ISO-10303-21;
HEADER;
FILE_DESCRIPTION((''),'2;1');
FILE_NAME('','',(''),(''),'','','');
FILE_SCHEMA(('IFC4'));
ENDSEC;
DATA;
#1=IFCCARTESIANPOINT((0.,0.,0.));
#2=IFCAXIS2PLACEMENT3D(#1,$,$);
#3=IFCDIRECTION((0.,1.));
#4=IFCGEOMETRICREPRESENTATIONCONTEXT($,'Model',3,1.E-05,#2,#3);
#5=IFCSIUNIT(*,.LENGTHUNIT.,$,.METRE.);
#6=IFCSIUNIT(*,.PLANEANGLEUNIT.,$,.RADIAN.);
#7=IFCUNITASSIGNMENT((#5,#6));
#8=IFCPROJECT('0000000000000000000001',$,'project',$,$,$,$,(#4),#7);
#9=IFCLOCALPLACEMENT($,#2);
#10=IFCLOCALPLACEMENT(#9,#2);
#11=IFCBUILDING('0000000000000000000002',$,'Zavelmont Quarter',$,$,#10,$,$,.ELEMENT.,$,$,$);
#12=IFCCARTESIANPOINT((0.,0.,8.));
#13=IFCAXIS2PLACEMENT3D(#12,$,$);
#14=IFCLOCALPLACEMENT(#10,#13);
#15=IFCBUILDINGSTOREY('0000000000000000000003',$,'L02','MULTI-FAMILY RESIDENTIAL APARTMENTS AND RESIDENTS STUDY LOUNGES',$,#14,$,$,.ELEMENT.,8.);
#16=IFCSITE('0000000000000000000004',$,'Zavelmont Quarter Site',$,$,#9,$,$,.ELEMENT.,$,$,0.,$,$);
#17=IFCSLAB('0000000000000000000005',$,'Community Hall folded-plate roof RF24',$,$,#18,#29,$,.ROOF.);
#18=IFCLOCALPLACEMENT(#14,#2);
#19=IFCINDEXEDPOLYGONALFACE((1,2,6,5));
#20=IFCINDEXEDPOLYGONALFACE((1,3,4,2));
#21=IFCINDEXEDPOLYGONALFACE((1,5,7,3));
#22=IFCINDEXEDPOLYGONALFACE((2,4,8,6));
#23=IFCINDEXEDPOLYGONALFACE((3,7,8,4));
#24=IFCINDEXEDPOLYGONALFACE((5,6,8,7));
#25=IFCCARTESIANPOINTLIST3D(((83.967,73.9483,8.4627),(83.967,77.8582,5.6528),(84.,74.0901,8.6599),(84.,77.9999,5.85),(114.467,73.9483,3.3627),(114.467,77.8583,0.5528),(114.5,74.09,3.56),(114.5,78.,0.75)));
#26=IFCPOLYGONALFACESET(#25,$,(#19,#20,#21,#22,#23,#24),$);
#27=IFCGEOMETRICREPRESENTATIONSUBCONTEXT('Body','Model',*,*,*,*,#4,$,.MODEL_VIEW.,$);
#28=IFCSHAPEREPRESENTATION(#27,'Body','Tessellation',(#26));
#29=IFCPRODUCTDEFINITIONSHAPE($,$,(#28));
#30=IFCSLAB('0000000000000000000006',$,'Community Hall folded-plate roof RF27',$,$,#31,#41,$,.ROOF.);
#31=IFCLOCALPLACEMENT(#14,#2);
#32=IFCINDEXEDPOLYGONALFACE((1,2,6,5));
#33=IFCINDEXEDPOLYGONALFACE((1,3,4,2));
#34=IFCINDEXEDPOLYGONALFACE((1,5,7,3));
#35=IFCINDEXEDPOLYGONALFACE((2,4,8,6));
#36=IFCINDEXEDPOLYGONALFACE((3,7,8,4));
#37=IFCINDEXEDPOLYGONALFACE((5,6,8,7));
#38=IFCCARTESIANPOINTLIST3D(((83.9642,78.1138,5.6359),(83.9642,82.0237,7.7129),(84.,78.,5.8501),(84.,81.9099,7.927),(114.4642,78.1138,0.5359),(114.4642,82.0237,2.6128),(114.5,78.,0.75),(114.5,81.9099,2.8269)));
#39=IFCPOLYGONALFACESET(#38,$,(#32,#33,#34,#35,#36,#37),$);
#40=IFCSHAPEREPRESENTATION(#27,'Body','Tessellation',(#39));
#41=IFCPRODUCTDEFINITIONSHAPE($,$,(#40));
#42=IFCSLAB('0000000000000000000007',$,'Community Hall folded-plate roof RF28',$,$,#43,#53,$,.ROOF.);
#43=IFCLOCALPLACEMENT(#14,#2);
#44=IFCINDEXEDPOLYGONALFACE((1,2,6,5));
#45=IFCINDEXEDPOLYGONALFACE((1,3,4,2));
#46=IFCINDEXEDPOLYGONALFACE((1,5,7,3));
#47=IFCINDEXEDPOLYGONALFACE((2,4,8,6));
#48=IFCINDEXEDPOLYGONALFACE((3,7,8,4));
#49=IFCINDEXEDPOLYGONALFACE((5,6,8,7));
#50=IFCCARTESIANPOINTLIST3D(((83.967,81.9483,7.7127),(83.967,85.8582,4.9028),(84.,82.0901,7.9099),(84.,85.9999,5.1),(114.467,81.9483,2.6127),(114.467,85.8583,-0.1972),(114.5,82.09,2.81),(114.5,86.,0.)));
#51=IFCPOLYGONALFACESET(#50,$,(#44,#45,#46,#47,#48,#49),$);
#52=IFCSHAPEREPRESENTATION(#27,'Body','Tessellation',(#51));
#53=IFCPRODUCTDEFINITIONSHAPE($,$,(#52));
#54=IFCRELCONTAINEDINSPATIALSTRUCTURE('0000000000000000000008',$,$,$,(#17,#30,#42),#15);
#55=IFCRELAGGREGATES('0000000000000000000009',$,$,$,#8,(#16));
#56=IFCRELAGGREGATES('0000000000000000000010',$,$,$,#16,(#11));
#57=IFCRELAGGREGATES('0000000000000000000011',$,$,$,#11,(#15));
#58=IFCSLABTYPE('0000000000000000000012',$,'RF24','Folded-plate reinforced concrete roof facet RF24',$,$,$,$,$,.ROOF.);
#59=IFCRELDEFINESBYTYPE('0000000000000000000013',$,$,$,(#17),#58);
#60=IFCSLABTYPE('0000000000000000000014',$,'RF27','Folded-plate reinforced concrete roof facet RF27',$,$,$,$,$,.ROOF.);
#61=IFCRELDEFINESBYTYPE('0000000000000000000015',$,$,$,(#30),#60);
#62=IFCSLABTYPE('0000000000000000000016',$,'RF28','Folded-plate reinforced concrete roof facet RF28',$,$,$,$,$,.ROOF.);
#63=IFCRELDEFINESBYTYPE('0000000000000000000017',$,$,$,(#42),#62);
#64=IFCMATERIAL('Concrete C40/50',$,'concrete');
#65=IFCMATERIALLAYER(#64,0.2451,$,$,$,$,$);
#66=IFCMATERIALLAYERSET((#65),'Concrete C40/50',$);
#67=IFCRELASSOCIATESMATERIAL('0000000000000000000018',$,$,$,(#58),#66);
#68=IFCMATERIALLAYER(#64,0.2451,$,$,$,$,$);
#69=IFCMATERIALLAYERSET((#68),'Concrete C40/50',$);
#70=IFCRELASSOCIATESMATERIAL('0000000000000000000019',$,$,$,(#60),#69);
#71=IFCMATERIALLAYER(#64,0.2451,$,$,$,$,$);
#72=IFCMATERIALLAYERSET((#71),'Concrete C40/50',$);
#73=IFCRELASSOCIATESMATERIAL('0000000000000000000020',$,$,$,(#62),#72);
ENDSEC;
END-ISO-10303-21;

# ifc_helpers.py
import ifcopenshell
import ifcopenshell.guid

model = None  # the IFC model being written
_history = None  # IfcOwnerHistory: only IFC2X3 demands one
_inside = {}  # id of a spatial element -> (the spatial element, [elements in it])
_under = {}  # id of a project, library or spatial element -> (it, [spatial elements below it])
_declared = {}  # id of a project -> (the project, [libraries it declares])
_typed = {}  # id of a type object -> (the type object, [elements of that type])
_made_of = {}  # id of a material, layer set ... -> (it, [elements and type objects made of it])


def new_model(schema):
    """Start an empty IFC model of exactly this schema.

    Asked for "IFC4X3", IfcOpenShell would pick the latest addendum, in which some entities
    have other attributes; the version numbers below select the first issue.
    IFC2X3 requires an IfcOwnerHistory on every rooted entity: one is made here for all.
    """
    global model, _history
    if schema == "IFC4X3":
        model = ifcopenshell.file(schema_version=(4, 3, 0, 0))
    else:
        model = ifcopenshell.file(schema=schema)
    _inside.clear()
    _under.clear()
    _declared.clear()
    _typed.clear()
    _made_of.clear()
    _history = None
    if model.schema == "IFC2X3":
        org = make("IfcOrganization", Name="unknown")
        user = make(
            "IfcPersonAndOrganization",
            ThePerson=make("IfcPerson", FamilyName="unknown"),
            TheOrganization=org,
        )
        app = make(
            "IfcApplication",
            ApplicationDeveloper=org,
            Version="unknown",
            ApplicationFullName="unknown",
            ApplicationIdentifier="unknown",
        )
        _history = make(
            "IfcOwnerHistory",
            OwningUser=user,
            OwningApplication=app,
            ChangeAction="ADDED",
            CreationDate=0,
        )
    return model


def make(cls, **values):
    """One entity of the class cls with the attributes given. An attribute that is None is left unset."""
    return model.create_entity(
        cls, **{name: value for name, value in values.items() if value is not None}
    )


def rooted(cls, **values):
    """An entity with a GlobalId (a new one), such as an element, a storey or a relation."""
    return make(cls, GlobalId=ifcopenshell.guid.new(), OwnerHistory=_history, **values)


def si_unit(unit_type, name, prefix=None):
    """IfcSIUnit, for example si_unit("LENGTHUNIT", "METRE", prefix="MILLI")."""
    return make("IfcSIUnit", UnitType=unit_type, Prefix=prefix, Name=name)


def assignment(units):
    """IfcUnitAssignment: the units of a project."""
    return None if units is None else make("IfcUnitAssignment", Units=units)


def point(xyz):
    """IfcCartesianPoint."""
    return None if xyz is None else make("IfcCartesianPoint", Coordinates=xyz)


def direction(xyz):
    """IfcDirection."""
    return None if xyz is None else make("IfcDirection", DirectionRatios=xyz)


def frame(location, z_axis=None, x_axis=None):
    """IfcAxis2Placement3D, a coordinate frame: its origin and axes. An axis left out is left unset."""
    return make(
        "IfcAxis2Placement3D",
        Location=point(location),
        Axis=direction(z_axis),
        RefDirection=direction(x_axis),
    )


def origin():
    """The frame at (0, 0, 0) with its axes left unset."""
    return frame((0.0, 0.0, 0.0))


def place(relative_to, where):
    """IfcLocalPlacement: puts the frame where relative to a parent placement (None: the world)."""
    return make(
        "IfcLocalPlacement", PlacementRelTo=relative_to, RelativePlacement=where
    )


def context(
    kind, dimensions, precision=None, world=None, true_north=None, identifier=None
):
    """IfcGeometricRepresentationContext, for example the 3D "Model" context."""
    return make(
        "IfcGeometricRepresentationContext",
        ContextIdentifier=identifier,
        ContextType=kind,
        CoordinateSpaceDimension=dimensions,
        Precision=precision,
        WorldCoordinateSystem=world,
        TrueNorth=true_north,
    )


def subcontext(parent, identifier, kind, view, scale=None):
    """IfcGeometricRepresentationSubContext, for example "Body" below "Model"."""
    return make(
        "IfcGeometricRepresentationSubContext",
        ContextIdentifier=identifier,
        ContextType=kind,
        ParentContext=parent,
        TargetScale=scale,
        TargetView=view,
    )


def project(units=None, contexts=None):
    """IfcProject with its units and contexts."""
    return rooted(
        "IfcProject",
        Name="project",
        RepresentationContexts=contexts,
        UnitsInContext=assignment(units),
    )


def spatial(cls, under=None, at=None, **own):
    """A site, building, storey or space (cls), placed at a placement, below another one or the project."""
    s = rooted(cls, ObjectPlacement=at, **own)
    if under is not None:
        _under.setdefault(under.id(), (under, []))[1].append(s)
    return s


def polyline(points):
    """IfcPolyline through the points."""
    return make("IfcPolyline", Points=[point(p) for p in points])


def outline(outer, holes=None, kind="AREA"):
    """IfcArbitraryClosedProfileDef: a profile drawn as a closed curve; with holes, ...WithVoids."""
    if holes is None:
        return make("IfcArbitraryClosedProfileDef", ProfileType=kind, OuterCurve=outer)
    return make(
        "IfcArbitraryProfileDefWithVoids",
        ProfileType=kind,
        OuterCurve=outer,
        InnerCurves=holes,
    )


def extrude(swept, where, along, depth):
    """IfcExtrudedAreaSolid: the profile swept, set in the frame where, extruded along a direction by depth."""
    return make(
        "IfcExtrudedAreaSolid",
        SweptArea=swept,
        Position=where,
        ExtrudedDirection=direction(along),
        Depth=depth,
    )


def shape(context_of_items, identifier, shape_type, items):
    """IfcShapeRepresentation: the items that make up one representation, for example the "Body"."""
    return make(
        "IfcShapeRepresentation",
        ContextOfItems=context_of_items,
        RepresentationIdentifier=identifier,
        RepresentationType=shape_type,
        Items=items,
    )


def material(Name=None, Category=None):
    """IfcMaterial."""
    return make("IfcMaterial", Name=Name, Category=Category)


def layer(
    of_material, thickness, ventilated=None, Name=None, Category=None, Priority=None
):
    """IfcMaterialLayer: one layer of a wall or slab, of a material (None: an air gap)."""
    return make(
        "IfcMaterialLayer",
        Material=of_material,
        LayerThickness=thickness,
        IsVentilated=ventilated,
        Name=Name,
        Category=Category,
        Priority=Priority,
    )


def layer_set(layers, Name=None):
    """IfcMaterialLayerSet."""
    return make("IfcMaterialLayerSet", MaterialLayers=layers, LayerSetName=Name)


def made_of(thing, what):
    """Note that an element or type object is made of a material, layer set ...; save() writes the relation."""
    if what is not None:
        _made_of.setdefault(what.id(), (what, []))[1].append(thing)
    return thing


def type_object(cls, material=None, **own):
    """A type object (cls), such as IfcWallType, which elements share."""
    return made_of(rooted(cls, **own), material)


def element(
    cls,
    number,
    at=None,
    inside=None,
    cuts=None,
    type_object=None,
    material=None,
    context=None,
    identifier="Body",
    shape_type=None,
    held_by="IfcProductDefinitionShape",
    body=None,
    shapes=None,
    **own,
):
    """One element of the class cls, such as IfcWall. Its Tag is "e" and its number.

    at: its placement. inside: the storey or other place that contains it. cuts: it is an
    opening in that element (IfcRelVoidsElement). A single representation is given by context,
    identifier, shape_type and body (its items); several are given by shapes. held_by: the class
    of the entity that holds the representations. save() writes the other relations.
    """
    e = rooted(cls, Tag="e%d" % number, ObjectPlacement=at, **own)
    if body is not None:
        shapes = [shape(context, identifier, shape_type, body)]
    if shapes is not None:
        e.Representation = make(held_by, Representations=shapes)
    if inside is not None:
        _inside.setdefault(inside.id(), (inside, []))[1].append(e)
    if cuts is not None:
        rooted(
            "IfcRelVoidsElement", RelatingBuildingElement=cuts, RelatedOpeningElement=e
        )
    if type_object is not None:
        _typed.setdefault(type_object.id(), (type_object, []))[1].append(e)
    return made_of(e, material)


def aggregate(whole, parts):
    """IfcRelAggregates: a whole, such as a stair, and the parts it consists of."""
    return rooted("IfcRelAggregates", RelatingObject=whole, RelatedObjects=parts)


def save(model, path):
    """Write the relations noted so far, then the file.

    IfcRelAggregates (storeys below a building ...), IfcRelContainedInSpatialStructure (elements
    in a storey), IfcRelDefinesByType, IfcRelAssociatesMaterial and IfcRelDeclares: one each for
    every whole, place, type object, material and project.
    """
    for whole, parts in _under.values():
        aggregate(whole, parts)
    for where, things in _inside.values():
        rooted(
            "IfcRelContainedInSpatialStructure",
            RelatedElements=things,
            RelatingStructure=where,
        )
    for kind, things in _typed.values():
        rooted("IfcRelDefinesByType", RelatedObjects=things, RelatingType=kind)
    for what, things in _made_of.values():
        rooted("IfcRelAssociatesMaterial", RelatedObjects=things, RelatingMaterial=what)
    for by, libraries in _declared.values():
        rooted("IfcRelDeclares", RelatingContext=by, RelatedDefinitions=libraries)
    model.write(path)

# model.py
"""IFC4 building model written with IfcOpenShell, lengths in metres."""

from ifc_helpers import new_model, si_unit, direction, frame, origin, place, context, subcontext, project, spatial, polyline, outline, extrude, material, layer, layer_set, type_object, element, save


model = new_model("IFC4")

# Units and contexts
model_context = context("Model", 3, precision=1e-05, world=origin(), true_north=direction((0.0, 1.0)))
body_context = subcontext(model_context, "Body", "Model", "MODEL_VIEW")
ifc_project = project(units=[si_unit("LENGTHUNIT", "METRE"), si_unit("PLANEANGLEUNIT", "RADIAN")], contexts=[model_context])

# Site, building, storey
site_placement = place(None, origin())
site = spatial("IfcSite", under=ifc_project, at=site_placement, Name="Zavelmont Quarter Site", CompositionType="ELEMENT", RefElevation=0.0)
building_placement = place(site_placement, origin())
building = spatial("IfcBuilding", under=site, at=building_placement, Name="Zavelmont Quarter", CompositionType="ELEMENT")
storey_placement = place(building_placement, frame((0.0, 0.0, 8.0)))
storey = spatial("IfcBuildingStorey", under=building, at=storey_placement, Name="L02", Description="MULTI-FAMILY RESIDENTIAL APARTMENTS AND RESIDENTS STUDY LOUNGES", CompositionType="ELEMENT", Elevation=8.0)

# Shared definitions
ifc_material_1 = material(Name="Concrete C40/50", Category="concrete")

# Slabs
ifc_layer_1 = layer(ifc_material_1, 0.2451)
ifc_layer_set_1 = layer_set([ifc_layer_1], Name="Concrete C40/50")
slab_type_1 = type_object("IfcSlabType", Name="RF24", Description="Folded-plate reinforced concrete roof facet RF24", PredefinedType="ROOF", material=ifc_layer_set_1)
slab_1_placement = place(storey_placement, frame((84.0, 74.0901, 8.6599), z_axis=(0.134549, 0.578287, 0.804662), x_axis=(0.986307, -0.000002, -0.164921)))
element("IfcSlab", 1, at=slab_1_placement, inside=storey, type_object=slab_type_1, Name="Community Hall folded-plate roof RF24", PredefinedType="ROOF", context=body_context, shape_type="SweptSolid", body=[
    extrude(outline(polyline([(0.0, 0.0), (30.9234, 0.0), (31.3869, 4.7926), (0.4634, 4.7925), (0.0, 0.0)])), origin(), (0.0, 0.0, -1.0), 0.2451),
])
ifc_layer_2 = layer(ifc_material_1, 0.2451)
ifc_layer_set_2 = layer_set([ifc_layer_2], Name="Concrete C40/50")
slab_type_2 = type_object("IfcSlabType", Name="RF27", Description="Folded-plate reinforced concrete roof facet RF27", PredefinedType="ROOF", material=ifc_layer_set_2)
slab_2_placement = place(storey_placement, frame((84.0, 78.0, 5.8501), z_axis=(0.146091, -0.464081, 0.873663), x_axis=(0.986306, 0.0, -0.164926)))
element("IfcSlab", 2, at=slab_2_placement, inside=storey, type_object=slab_type_2, Name="Community Hall folded-plate roof RF27", PredefinedType="ROOF", context=body_context, shape_type="SweptSolid", body=[
    extrude(outline(polyline([(0.0, 0.0), (30.9235, 0.0), (30.5809, 4.414), (-0.3425, 4.414), (0.0, 0.0)])), origin(), (0.0, 0.0, -1.0), 0.2451),
])
ifc_layer_3 = layer(ifc_material_1, 0.2451)
ifc_layer_set_3 = layer_set([ifc_layer_3], Name="Concrete C40/50")
slab_type_3 = type_object("IfcSlabType", Name="RF28", Description="Folded-plate reinforced concrete roof facet RF28", PredefinedType="ROOF", material=ifc_layer_set_3)
slab_3_placement = place(storey_placement, frame((84.0, 82.0901, 7.9099), z_axis=(0.134549, 0.578287, 0.804662), x_axis=(0.986307, -0.000002, -0.164921)))
element("IfcSlab", 3, at=slab_3_placement, inside=storey, type_object=slab_type_3, Name="Community Hall folded-plate roof RF28", PredefinedType="ROOF", context=body_context, shape_type="SweptSolid", body=[
    extrude(outline(polyline([(0.0, 0.0), (30.9234, 0.0), (31.3869, 4.7926), (0.4634, 4.7925), (0.0, 0.0)])), origin(), (0.0, 0.0, -1.0), 0.2451),
])

save(model, "model.ifc")
